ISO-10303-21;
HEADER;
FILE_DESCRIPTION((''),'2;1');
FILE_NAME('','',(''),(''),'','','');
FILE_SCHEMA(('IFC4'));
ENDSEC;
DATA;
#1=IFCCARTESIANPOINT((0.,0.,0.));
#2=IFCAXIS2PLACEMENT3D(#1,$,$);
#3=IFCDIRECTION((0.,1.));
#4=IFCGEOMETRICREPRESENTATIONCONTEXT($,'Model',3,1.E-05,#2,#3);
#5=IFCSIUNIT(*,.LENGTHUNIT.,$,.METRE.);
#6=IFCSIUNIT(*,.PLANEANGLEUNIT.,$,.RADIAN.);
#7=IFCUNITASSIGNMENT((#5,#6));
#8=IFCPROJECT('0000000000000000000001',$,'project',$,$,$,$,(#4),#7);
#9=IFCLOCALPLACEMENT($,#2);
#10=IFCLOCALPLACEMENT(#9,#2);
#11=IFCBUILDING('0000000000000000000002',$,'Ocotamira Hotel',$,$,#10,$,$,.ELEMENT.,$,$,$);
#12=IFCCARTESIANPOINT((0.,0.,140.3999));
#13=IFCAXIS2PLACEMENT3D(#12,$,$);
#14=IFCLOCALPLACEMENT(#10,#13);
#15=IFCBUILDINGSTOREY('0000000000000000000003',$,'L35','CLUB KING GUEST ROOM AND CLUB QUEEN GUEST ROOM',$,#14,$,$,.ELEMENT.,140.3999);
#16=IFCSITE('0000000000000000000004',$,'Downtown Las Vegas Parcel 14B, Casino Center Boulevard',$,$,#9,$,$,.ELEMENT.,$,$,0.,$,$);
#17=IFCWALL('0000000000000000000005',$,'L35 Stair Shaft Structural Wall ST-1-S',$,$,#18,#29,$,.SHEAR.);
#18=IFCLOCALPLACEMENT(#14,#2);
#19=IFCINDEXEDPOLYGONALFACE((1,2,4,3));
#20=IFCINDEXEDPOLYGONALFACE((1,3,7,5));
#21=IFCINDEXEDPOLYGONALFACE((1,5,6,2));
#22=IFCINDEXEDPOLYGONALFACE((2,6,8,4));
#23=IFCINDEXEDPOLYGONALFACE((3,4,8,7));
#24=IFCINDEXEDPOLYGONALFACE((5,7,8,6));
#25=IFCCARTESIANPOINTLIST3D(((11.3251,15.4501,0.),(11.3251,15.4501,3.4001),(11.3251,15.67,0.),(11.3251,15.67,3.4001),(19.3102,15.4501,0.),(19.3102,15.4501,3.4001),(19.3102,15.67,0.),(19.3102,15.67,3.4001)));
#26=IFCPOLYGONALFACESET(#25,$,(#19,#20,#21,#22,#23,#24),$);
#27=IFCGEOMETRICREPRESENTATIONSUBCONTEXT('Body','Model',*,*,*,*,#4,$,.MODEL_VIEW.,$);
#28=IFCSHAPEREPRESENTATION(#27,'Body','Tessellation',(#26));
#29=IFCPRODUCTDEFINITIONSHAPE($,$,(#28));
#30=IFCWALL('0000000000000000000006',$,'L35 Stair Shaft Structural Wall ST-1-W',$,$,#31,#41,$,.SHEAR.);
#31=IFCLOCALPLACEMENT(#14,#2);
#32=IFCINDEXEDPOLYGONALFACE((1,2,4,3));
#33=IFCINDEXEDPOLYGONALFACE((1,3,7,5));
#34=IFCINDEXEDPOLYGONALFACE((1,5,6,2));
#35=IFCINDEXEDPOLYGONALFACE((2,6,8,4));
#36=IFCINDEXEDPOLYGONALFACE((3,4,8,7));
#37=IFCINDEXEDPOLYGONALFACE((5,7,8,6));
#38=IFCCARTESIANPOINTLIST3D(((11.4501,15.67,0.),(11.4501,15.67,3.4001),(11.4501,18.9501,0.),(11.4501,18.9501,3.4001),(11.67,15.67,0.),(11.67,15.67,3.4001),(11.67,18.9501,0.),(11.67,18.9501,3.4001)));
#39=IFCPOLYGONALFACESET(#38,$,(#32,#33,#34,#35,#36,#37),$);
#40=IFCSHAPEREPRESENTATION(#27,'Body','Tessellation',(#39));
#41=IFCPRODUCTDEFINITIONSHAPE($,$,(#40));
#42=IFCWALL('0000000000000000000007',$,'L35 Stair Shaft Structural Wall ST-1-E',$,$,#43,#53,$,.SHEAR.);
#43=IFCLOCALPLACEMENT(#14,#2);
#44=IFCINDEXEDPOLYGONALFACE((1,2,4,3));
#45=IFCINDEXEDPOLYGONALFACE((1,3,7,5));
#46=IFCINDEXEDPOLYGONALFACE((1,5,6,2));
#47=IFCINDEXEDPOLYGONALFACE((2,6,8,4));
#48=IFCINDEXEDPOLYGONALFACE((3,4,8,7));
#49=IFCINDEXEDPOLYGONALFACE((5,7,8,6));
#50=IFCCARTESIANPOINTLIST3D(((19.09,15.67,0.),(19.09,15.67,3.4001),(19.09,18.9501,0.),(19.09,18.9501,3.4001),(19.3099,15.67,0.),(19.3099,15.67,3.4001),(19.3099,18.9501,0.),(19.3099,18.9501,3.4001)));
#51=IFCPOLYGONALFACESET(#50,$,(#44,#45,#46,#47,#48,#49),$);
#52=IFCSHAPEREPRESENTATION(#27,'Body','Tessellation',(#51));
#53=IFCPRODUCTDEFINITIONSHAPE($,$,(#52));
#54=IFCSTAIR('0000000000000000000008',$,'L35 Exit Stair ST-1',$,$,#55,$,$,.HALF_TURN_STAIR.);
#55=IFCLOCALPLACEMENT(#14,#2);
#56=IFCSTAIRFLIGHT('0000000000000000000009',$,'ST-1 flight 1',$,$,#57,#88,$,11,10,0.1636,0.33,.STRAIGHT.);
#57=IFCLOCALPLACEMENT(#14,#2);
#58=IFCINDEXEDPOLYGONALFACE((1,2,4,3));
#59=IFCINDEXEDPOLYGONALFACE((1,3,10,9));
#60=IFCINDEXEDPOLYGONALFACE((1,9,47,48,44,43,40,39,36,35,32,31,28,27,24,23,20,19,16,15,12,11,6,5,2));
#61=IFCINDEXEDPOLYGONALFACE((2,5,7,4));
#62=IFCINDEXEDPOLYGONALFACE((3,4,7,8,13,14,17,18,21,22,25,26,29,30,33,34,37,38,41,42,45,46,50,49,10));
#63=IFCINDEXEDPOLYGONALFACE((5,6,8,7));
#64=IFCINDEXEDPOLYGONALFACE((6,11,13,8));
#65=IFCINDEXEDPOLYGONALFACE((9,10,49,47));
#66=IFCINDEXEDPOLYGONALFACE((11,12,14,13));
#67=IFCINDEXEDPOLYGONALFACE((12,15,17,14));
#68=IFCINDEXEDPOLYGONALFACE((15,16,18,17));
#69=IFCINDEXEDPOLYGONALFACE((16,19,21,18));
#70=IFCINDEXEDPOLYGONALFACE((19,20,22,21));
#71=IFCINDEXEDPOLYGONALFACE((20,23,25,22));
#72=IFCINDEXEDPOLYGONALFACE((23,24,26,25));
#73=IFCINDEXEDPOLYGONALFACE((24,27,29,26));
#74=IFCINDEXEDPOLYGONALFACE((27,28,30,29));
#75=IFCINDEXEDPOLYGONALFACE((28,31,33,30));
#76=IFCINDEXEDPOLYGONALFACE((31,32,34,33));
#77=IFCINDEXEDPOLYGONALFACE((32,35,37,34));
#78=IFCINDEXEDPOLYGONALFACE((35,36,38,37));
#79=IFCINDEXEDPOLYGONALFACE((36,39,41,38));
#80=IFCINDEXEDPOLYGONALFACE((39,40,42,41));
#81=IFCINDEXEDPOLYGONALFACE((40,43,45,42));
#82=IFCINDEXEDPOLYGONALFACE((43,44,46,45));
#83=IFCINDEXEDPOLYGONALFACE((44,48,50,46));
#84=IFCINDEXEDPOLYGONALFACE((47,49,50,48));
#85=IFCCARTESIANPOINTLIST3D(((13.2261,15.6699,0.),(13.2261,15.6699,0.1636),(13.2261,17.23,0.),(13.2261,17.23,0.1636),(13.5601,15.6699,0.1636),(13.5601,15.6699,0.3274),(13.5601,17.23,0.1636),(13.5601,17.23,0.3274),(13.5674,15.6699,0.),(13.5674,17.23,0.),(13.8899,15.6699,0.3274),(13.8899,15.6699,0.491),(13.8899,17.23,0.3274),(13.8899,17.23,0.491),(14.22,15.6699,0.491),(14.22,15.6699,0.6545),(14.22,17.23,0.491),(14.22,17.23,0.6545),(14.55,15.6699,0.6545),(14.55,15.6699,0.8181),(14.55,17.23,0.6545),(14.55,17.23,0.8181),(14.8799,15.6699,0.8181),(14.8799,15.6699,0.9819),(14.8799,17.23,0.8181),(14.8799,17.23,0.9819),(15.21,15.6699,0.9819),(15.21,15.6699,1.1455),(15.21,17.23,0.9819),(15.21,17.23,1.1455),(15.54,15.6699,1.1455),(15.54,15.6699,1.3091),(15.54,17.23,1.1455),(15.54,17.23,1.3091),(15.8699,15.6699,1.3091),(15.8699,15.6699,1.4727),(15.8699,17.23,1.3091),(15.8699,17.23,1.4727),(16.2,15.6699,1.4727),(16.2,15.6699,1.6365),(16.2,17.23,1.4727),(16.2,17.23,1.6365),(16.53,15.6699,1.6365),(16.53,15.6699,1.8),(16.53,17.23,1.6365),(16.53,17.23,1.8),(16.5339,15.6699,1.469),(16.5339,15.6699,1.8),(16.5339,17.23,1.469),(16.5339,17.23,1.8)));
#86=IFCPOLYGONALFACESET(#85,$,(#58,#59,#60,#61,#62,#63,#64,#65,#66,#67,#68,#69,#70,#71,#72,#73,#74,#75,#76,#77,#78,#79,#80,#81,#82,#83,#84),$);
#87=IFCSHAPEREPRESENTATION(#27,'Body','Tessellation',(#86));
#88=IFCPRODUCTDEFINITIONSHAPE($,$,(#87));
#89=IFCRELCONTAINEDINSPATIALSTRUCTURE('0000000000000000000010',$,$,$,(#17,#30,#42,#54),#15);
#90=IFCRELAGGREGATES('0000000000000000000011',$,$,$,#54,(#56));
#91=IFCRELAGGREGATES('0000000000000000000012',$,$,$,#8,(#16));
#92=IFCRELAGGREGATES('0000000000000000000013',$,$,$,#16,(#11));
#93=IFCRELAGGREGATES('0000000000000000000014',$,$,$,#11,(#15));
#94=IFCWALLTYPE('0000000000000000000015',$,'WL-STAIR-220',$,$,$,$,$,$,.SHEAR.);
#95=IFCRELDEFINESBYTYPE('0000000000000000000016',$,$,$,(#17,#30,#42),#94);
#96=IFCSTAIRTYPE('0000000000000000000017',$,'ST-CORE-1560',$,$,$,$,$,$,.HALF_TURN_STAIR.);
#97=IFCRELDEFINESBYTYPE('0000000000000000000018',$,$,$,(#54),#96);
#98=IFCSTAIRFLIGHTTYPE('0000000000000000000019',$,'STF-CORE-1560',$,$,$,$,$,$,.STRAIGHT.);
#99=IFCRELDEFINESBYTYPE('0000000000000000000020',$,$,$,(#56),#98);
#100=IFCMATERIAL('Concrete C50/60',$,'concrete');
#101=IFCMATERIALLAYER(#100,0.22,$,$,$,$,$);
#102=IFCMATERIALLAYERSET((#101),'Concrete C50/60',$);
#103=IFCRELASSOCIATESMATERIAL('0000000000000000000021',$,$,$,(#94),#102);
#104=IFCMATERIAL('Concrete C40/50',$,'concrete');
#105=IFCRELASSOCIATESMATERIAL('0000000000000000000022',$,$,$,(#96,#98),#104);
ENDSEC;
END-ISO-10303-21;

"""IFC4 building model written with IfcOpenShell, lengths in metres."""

from ifc_helpers import new_model, si_unit, direction, frame, frame_2d, origin, place, context, subcontext, project, spatial, polyline, rectangle, outline, extrude, source, transform, mapped, material, layer, layer_set, type_object, element, aggregate, save


model = new_model("IFC4")

# Units and contexts
model_context = context("Model", 3, precision=1e-05, world=origin(), true_north=direction((0.0, 1.0)))
body_context = subcontext(model_context, "Body", "Model", "MODEL_VIEW")
ifc_project = project(units=[si_unit("LENGTHUNIT", "METRE"), si_unit("PLANEANGLEUNIT", "RADIAN")], contexts=[model_context])

# Site, building, storey
site_placement = place(None, origin())
site = spatial("IfcSite", under=ifc_project, at=site_placement, Name="Downtown Las Vegas Parcel 14B, Casino Center Boulevard", CompositionType="ELEMENT", RefElevation=0.0)
building_placement = place(site_placement, origin())
building = spatial("IfcBuilding", under=site, at=building_placement, Name="Ocotamira Hotel", CompositionType="ELEMENT")
storey_placement = place(building_placement, frame((0.0, 0.0, 140.3999)))
storey = spatial("IfcBuildingStorey", under=building, at=storey_placement, Name="L35", Description="CLUB KING GUEST ROOM AND CLUB QUEEN GUEST ROOM", CompositionType="ELEMENT", Elevation=140.3999)

# Walls
ifc_material_1 = material(Name="Concrete C50/60", Category="concrete")
ifc_layer_1 = layer(ifc_material_1, 0.22)
ifc_layer_set_1 = layer_set([ifc_layer_1], Name="Concrete C50/60")
wall_type_1 = type_object("IfcWallType", Name="WL-STAIR-220", PredefinedType="SHEAR", material=ifc_layer_set_1)
wall_1_placement = place(storey_placement, frame((11.325, 15.5601, 0.0), z_axis=(0.0, 0.0, 1.0), x_axis=(1.0, 0.0, 0.0)))
element("IfcWall", 1, at=wall_1_placement, inside=storey, type_object=wall_type_1, Name="L35 Stair Shaft Structural Wall ST-1-S", PredefinedType="SHEAR", context=body_context, shape_type="SweptSolid", body=[
    extrude(rectangle(XDim=7.9851, YDim=0.22, at=frame_2d((3.9927, 0.0))), origin(), (0.0, 0.0, 1.0), 3.4001),
])
for number, where, z_axis, x_axis, name in (
    (2, (11.5601, 15.6699, 0.0), (0.0, 0.0, 1.0), (0.0, 1.0, 0.0), "L35 Stair Shaft Structural Wall ST-1-W"),
    (3, (19.2, 15.6699, 0.0), (0.0, 0.0, 1.0), (0.0, 1.0, 0.0), "L35 Stair Shaft Structural Wall ST-1-E"),
):
    element("IfcWall", number, at=place(storey_placement, frame(where, z_axis=z_axis, x_axis=x_axis)), inside=storey, type_object=wall_type_1, Name=name, PredefinedType="SHEAR", context=body_context, shape_type="SweptSolid", body=[
        extrude(rectangle(XDim=3.28, YDim=0.22, at=frame_2d((1.6401, 0.0))), origin(), (0.0, 0.0, 1.0), 3.4001),
    ])

# Stair, stair flight
ifc_material_2 = material(Name="Concrete C40/50", Category="concrete")
stair_type = type_object("IfcStairType", Name="ST-CORE-1560", PredefinedType="HALF_TURN_STAIR", material=ifc_material_2)
stair_placement = place(storey_placement, origin())
stair = element("IfcStair", 4, at=stair_placement, inside=storey, type_object=stair_type, Name="L35 Exit Stair ST-1", PredefinedType="HALF_TURN_STAIR")
stair_flight_type = type_object("IfcStairFlightType", Name="STF-CORE-1560", PredefinedType="STRAIGHT", material=ifc_material_2)
shared_shape_1 = source(origin(), body_context, "Body", "SweptSolid", [
    extrude(outline(polyline([(-0.0039, 0.0), (-0.0039, 0.1636), (0.3301, 0.1636), (0.3301, 0.3274), (0.6599, 0.3274), (0.6599, 0.491), (0.99, 0.491), (0.99, 0.6545), (1.3201, 0.6545), (1.3201, 0.8181), (1.6499, 0.8181), (1.6499, 0.9819), (1.98, 0.9819), (1.98, 1.1455), (2.3101, 1.1455), (2.3101, 1.3091), (2.6399, 1.3091), (2.6399, 1.4727), (2.97, 1.4727), (2.97, 1.6365), (3.3, 1.6365), (3.3, 1.8), (3.304, 1.8), (3.304, 1.469), (0.3374, 0.0), (-0.0039, 0.0)])), frame((0.0, 0.78, 0.0), z_axis=(0.0, -1.0, 0.0), x_axis=(1.0, 0.0, 0.0)), (0.0, 0.0, 1.0), 1.5601),
])
stair_flight_placement = place(storey_placement, frame((13.23, 16.45, 0.0), z_axis=(0.0, 0.0, 1.0), x_axis=(1.0, 0.0, 0.0)))
stair_flight = element("IfcStairFlight", 5, at=stair_flight_placement, type_object=stair_flight_type, Name="ST-1 flight 1", NumberOfRisers=11, NumberOfTreads=10, PredefinedType="STRAIGHT", RiserHeight=0.1636, TreadLength=0.33, context=body_context, shape_type="MappedRepresentation", body=[
    mapped(shared_shape_1, transform((0.0, 0.0, 0.0), scale=1.0)),
])
aggregate(stair, [stair_flight])

save(model, "model.ifc")
